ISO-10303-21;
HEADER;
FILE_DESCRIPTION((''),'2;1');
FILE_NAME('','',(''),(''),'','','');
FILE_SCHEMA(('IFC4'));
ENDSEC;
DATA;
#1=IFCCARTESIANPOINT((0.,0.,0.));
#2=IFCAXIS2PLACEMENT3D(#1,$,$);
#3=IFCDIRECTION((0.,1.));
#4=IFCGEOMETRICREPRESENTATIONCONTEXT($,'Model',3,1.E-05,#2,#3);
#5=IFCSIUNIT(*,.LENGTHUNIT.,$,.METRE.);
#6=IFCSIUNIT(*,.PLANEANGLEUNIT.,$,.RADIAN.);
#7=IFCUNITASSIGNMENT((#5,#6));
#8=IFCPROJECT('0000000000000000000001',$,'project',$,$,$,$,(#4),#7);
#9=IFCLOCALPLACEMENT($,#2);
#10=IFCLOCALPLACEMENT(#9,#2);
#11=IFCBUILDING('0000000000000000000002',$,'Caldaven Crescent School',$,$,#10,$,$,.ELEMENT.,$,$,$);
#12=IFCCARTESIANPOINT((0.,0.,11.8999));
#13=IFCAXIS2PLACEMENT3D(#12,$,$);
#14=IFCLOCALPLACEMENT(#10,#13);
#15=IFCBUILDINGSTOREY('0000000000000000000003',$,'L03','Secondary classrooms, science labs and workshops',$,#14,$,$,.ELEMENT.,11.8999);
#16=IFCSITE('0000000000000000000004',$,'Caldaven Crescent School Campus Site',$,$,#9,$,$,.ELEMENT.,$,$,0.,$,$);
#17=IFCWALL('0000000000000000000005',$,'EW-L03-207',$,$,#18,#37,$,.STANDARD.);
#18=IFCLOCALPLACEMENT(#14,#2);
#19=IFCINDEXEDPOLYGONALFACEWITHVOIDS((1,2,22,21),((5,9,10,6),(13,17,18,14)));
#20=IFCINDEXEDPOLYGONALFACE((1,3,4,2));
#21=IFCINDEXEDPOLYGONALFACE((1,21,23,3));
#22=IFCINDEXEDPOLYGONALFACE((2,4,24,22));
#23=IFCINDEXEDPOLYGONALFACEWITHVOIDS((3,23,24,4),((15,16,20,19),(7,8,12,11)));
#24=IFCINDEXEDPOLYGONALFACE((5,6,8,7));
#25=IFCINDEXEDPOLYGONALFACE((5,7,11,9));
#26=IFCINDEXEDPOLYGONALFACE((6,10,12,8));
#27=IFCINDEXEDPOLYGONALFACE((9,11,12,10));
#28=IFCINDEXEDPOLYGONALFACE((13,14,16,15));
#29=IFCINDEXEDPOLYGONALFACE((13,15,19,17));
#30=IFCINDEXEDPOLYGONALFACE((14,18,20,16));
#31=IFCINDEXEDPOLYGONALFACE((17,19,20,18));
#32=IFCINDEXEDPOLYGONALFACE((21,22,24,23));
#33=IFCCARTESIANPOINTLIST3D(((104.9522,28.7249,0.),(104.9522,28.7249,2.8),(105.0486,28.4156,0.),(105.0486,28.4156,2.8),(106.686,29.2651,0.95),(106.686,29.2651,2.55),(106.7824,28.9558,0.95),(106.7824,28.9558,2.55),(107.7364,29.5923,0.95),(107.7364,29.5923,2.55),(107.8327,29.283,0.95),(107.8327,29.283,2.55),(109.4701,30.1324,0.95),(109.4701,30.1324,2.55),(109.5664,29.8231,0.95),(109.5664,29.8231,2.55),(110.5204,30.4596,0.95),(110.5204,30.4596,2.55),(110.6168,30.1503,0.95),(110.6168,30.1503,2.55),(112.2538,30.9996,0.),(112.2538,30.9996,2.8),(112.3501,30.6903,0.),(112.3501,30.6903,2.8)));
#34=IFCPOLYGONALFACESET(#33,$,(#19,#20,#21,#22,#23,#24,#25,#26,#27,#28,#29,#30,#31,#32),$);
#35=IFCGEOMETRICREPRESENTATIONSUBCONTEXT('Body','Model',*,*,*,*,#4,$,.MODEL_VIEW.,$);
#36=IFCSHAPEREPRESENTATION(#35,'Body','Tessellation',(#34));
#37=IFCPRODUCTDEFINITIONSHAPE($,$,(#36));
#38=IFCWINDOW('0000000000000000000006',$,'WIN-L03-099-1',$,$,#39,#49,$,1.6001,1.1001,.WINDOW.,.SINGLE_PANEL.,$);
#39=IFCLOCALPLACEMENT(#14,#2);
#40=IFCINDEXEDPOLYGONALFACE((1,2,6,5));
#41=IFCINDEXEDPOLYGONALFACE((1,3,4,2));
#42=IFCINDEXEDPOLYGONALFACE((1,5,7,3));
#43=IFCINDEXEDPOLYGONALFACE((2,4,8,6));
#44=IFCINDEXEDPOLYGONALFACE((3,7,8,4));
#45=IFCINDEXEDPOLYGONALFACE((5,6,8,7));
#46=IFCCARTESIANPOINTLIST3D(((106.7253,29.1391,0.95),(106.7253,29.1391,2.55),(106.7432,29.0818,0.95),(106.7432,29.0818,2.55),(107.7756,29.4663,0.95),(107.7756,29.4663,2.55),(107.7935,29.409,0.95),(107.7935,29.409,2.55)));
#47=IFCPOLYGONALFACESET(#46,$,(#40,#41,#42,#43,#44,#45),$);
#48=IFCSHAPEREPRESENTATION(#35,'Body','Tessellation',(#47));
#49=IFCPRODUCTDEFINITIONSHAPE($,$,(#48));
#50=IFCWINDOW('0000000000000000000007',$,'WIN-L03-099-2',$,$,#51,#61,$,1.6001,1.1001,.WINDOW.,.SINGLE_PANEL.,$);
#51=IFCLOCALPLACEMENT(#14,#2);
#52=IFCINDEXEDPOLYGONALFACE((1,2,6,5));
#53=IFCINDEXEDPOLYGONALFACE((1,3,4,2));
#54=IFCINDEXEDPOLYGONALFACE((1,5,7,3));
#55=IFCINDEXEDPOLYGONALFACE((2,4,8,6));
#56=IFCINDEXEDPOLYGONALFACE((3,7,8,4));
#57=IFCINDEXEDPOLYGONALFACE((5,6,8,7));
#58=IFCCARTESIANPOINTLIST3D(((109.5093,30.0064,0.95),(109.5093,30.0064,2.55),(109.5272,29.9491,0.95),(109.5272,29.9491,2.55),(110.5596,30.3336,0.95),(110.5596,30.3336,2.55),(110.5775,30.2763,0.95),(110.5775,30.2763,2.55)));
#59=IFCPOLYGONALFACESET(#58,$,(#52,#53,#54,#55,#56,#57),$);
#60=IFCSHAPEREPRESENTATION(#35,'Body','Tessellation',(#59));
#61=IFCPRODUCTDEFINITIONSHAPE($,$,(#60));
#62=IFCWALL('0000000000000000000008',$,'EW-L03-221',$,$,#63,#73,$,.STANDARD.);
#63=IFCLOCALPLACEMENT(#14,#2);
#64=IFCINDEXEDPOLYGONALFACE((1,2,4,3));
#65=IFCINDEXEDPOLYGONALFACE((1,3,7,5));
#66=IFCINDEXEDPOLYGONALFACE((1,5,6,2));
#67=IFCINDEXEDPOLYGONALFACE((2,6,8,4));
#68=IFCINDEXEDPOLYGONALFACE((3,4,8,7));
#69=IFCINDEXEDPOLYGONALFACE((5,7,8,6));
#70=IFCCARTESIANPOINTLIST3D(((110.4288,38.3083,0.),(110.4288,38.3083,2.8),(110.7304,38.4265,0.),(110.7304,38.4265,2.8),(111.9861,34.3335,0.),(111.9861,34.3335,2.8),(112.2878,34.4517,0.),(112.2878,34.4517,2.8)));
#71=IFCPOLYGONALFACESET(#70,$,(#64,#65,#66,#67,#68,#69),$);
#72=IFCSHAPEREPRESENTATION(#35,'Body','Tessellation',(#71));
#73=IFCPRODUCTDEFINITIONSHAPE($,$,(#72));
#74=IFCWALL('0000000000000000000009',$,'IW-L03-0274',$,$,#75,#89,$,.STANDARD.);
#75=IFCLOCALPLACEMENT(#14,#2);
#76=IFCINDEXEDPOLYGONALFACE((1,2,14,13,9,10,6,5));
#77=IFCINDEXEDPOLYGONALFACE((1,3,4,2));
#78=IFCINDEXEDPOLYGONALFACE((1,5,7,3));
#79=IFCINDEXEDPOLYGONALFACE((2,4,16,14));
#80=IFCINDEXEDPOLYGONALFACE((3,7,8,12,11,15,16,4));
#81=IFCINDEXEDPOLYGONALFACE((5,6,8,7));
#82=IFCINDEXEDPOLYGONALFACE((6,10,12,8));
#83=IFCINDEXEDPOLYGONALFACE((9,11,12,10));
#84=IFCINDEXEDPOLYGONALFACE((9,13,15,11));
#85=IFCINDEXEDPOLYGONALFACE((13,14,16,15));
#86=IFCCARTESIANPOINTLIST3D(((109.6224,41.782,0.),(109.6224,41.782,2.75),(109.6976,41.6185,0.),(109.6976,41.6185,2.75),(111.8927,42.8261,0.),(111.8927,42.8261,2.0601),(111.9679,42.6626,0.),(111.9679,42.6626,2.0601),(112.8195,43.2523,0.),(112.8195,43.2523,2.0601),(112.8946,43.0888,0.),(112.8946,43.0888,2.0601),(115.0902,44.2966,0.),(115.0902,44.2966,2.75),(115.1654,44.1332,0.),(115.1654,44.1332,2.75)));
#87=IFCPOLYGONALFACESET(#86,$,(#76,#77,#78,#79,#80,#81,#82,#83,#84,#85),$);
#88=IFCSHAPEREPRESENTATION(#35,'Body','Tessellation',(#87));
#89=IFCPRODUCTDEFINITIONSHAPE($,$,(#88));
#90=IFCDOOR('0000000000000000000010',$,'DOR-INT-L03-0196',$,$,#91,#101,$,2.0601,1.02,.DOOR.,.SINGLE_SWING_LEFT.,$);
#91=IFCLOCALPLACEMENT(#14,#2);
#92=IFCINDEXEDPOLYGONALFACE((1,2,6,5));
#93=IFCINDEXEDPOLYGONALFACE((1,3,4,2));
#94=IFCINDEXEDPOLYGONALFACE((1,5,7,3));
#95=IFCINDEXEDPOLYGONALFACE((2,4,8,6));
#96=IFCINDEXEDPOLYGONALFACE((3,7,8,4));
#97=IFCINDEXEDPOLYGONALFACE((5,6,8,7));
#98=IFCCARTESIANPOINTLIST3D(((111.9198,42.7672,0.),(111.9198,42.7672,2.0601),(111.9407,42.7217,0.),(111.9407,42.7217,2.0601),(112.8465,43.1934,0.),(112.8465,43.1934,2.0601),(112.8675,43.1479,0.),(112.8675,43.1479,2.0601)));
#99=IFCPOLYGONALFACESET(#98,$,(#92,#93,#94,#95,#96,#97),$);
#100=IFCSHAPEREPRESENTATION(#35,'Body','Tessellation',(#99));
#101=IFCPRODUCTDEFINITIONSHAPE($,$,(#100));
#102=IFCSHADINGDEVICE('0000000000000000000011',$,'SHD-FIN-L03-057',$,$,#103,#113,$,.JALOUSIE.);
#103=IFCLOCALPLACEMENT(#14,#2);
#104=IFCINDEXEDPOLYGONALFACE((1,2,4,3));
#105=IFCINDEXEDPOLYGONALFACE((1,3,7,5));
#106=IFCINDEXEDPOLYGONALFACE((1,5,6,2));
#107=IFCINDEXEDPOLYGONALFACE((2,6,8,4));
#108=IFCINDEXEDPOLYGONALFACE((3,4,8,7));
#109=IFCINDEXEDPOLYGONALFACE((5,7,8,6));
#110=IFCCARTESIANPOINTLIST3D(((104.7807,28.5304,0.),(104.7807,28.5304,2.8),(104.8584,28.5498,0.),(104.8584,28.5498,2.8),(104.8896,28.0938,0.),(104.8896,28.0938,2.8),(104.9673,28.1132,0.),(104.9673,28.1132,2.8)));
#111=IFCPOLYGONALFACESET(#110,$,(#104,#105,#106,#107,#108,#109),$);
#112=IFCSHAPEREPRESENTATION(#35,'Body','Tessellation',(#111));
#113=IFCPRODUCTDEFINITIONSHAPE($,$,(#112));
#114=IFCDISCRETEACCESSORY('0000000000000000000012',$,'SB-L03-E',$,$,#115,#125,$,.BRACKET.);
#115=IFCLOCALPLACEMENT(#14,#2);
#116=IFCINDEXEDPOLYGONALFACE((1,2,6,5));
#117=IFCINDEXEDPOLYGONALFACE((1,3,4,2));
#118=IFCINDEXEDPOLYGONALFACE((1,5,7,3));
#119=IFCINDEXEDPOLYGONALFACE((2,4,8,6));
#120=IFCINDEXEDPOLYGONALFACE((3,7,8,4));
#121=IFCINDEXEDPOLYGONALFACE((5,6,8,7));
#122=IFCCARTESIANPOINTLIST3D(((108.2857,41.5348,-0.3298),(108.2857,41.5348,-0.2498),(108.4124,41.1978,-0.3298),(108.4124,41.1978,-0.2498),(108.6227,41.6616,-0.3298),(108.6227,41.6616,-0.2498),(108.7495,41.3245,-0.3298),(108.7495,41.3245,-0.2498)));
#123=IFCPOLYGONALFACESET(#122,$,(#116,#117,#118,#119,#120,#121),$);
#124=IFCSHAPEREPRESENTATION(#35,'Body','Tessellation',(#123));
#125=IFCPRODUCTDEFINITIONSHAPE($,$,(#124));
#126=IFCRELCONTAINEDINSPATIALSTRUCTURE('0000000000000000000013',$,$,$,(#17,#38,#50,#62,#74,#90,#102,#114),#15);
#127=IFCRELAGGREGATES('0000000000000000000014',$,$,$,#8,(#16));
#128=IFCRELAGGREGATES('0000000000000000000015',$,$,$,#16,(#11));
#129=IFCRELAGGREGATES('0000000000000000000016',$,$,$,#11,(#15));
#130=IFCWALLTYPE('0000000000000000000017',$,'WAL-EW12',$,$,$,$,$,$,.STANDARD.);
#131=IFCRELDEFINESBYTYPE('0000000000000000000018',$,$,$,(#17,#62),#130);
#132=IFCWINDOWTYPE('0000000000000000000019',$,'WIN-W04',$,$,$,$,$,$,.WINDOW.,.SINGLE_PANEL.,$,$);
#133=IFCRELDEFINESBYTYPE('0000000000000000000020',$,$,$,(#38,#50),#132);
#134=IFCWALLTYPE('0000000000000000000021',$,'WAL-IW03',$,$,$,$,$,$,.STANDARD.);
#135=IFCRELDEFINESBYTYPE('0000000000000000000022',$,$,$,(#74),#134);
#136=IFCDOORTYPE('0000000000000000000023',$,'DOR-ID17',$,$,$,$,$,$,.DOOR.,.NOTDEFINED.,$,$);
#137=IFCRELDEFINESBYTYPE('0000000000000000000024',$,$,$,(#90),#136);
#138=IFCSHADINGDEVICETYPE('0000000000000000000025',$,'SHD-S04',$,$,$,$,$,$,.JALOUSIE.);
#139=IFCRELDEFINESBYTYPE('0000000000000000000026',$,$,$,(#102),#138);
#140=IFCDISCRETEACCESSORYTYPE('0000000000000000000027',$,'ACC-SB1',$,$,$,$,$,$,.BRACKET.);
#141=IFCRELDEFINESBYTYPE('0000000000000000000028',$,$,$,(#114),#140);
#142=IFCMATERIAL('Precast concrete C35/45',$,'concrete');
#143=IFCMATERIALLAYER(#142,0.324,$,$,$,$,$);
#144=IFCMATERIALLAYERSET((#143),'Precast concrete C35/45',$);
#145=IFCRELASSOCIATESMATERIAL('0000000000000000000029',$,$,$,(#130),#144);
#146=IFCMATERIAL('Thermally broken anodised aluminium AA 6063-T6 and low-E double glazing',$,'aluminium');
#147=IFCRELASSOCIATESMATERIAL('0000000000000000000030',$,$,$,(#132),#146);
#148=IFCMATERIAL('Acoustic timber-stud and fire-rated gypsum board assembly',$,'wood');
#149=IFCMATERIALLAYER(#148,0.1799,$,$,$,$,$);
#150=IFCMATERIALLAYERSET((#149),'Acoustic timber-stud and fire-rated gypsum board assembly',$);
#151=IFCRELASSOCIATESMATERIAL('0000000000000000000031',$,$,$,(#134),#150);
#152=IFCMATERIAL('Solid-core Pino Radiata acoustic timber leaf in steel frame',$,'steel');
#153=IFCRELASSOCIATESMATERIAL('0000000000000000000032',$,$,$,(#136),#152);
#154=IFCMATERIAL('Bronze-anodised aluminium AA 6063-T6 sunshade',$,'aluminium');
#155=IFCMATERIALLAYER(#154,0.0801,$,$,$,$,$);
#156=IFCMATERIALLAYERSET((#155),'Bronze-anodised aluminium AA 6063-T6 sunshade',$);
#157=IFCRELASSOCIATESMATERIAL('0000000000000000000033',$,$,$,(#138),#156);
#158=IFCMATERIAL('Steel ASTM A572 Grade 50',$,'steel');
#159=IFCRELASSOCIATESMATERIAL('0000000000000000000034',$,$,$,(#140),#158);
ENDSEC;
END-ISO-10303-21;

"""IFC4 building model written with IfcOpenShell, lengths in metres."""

from ifc_helpers import new_model, si_unit, direction, frame, frame_2d, origin, origin_2d, place, context, subcontext, project, spatial, rectangle, extrude, material, layer, layer_set, type_object, element, fill, save


model = new_model("IFC4")

# Units and contexts
model_context = context("Model", 3, precision=1e-05, world=origin(), true_north=direction((0.0, 1.0)))
body_context = subcontext(model_context, "Body", "Model", "MODEL_VIEW")
ifc_project = project(units=[si_unit("LENGTHUNIT", "METRE"), si_unit("PLANEANGLEUNIT", "RADIAN")], contexts=[model_context])

# Site, building, storey
site_placement = place(None, origin())
site = spatial("IfcSite", under=ifc_project, at=site_placement, Name="Caldaven Crescent School Campus Site", CompositionType="ELEMENT", RefElevation=0.0)
building_placement = place(site_placement, origin())
building = spatial("IfcBuilding", under=site, at=building_placement, Name="Caldaven Crescent School", CompositionType="ELEMENT")
storey_placement = place(building_placement, frame((0.0, 0.0, 11.8999)))
storey = spatial("IfcBuildingStorey", under=building, at=storey_placement, Name="L03", Description="Secondary classrooms, science labs and workshops", CompositionType="ELEMENT", Elevation=11.8999)

# Shared definitions
ifc_material_1 = material(Name="Precast concrete C35/45", Category="concrete")

# Wall, openings, windows
ifc_layer_1 = layer(ifc_material_1, 0.324)
ifc_layer_set_1 = layer_set([ifc_layer_1], Name="Precast concrete C35/45")
wall_type_1 = type_object("IfcWallType", Name="WAL-EW12", PredefinedType="STANDARD", material=ifc_layer_set_1)
wall_1_placement = place(storey_placement, frame((105.0005, 28.5703, 0.0), z_axis=(0.0, 0.0, 1.0), x_axis=(0.954743, 0.297433, 0.0)))
wall_1 = element("IfcWall", 1, at=wall_1_placement, inside=storey, type_object=wall_type_1, Name="EW-L03-207", PredefinedType="STANDARD", context=body_context, shape_type="SweptSolid", body=[
    extrude(rectangle(XDim=7.6477, YDim=0.324, at=frame_2d((3.8237, 0.0))), origin(), (0.0, 0.0, 1.0), 2.8),
])
opening_1_placement = place(wall_1_placement, frame((1.8159, 0.0, 0.95)))
opening_1 = element("IfcOpeningElement", 2, at=opening_1_placement, cuts=wall_1, PredefinedType="OPENING", context=body_context, shape_type="SweptSolid", body=[
    extrude(rectangle(XDim=1.1001, YDim=1.6001, at=frame_2d((0.55, 0.8))), frame((0.0, 0.1719, 0.0), z_axis=(0.0, -1.0, 0.0), x_axis=(1.0, 0.0, 0.0)), (0.0, 0.0, 1.0), 0.344),
])
opening_2_placement = place(wall_1_placement, frame((4.7319, 0.0, 0.95)))
opening_2 = element("IfcOpeningElement", 3, at=opening_2_placement, cuts=wall_1, PredefinedType="OPENING", context=body_context, shape_type="SweptSolid", body=[
    extrude(rectangle(XDim=1.1001, YDim=1.6001, at=frame_2d((0.55, 0.8))), frame((0.0, 0.1719, 0.0), z_axis=(0.0, -1.0, 0.0), x_axis=(1.0, 0.0, 0.0)), (0.0, 0.0, 1.0), 0.344),
])
ifc_material_2 = material(Name="Thermally broken anodised aluminium AA 6063-T6 and low-E double glazing", Category="aluminium")
window_type = type_object("IfcWindowType", Name="WIN-W04", PartitioningType="SINGLE_PANEL", PredefinedType="WINDOW", material=ifc_material_2)
window_1_placement = place(opening_1_placement, origin())
window_1 = element("IfcWindow", 4, at=window_1_placement, inside=storey, type_object=window_type, Name="WIN-L03-099-1", OverallHeight=1.6001, OverallWidth=1.1001, PartitioningType="SINGLE_PANEL", PredefinedType="WINDOW", context=body_context, shape_type="SweptSolid", body=[
    extrude(rectangle(XDim=1.1001, YDim=1.6001, at=frame_2d((0.55, 0.8))), frame((0.0, 0.03, 0.0), z_axis=(0.0, -1.0, 0.0), x_axis=(1.0, 0.0, 0.0)), (0.0, 0.0, 1.0), 0.0601),
])
fill(opening_1, window_1)
window_2_placement = place(opening_2_placement, origin())
window_2 = element("IfcWindow", 5, at=window_2_placement, inside=storey, type_object=window_type, Name="WIN-L03-099-2", OverallHeight=1.6001, OverallWidth=1.1001, PartitioningType="SINGLE_PANEL", PredefinedType="WINDOW", context=body_context, shape_type="SweptSolid", body=[
    extrude(rectangle(XDim=1.1001, YDim=1.6001, at=frame_2d((0.55, 0.8))), frame((0.0, 0.03, 0.0), z_axis=(0.0, -1.0, 0.0), x_axis=(1.0, 0.0, 0.0)), (0.0, 0.0, 1.0), 0.0601),
])
fill(opening_2, window_2)

# Wall
wall_2_placement = place(storey_placement, frame((110.5796, 38.3674, 0.0), z_axis=(0.0, 0.0, 1.0), x_axis=(0.364805, -0.931084, 0.0)))
element("IfcWall", 6, at=wall_2_placement, inside=storey, type_object=wall_type_1, Name="EW-L03-221", PredefinedType="STANDARD", context=body_context, shape_type="SweptSolid", body=[
    extrude(rectangle(XDim=4.269, YDim=0.324, at=frame_2d((2.1345, 0.0))), origin(), (0.0, 0.0, 1.0), 2.8),
])

# Wall, opening, door
ifc_material_3 = material(Name="Acoustic timber-stud and fire-rated gypsum board assembly", Category="wood")
ifc_layer_2 = layer(ifc_material_3, 0.1799)
ifc_layer_set_2 = layer_set([ifc_layer_2], Name="Acoustic timber-stud and fire-rated gypsum board assembly")
wall_type_2 = type_object("IfcWallType", Name="WAL-IW03", PredefinedType="STANDARD", material=ifc_layer_set_2)
wall_3_placement = place(storey_placement, frame((109.6599, 41.7002, 0.0), z_axis=(0.0, 0.0, 1.0), x_axis=(0.908524, 0.417833, 0.0)))
wall_3 = element("IfcWall", 7, at=wall_3_placement, inside=storey, type_object=wall_type_2, Name="IW-L03-0274", PredefinedType="STANDARD", context=body_context, shape_type="SweptSolid", body=[
    extrude(rectangle(XDim=6.0183, YDim=0.1799, at=frame_2d((3.0093, 0.0))), origin(), (0.0, 0.0, 1.0), 2.75),
])
opening_3_placement = place(wall_3_placement, frame((2.499, 0.0, 0.0)))
opening_3 = element("IfcOpeningElement", 8, at=opening_3_placement, cuts=wall_3, PredefinedType="OPENING", context=body_context, shape_type="SweptSolid", body=[
    extrude(rectangle(XDim=1.02, YDim=2.0601, at=frame_2d((0.51, 1.03))), frame((0.0, 0.0999, 0.0), z_axis=(0.0, -1.0, 0.0), x_axis=(1.0, 0.0, 0.0)), (0.0, 0.0, 1.0), 0.2),
])
ifc_material_4 = material(Name="Solid-core Pino Radiata acoustic timber leaf in steel frame", Category="steel")
door_type_1 = type_object("IfcDoorType", Name="DOR-ID17", OperationType="NOTDEFINED", PredefinedType="DOOR", material=ifc_material_4)
door_1_placement = place(opening_3_placement, frame((1.02, 0.0, 0.0), z_axis=(0.0, 0.0, 1.0), x_axis=(-1.0, 0.0, 0.0)))
door_1 = element("IfcDoor", 9, at=door_1_placement, inside=storey, type_object=door_type_1, Name="DOR-INT-L03-0196", OperationType="SINGLE_SWING_LEFT", OverallHeight=2.0601, OverallWidth=1.02, PredefinedType="DOOR", context=body_context, shape_type="SweptSolid", body=[
    extrude(rectangle(XDim=1.02, YDim=2.0601, at=frame_2d((0.51, 1.03))), frame((0.0, 0.0249, 0.0), z_axis=(0.0, -1.0, 0.0), x_axis=(1.0, 0.0, 0.0)), (0.0, 0.0, 1.0), 0.05),
])
fill(opening_3, door_1)

# Shading device
ifc_material_5 = material(Name="Bronze-anodised aluminium AA 6063-T6 sunshade", Category="aluminium")
ifc_layer_3 = layer(ifc_material_5, 0.0801)
ifc_layer_set_3 = layer_set([ifc_layer_3], Name="Bronze-anodised aluminium AA 6063-T6 sunshade")
shading_device_type = type_object("IfcShadingDeviceType", Name="SHD-S04", PredefinedType="JALOUSIE", material=ifc_layer_set_3)
shading_device_placement = place(storey_placement, frame((104.874, 28.3218, 0.0), z_axis=(0.0, 0.0, 1.0), x_axis=(0.241922, -0.970296, 0.0)))
element("IfcShadingDevice", 10, at=shading_device_placement, inside=storey, type_object=shading_device_type, Name="SHD-FIN-L03-057", PredefinedType="JALOUSIE", context=body_context, shape_type="SweptSolid", body=[
    extrude(rectangle(XDim=0.45, YDim=0.0801, at=origin_2d()), origin(), (0.0, 0.0, 1.0), 2.8),
])

# Discrete accessory
ifc_material_6 = material(Name="Steel ASTM A572 Grade 50", Category="steel")
discrete_accessory_type = type_object("IfcDiscreteAccessoryType", Name="ACC-SB1", PredefinedType="BRACKET", material=ifc_material_6)
discrete_accessory_placement = place(storey_placement, frame((108.5176, 41.4297, -0.3298), z_axis=(0.0, 0.0, 1.0), x_axis=(0.352005, -0.935998, 0.0)))
element("IfcDiscreteAccessory", 11, at=discrete_accessory_placement, inside=storey, type_object=discrete_accessory_type, Name="SB-L03-E", PredefinedType="BRACKET", context=body_context, shape_type="SweptSolid", body=[
    extrude(rectangle(XDim=0.3601, YDim=0.3601, at=origin_2d()), origin(), (0.0, 0.0, 1.0), 0.0801),
])

save(model, "model.ifc")
